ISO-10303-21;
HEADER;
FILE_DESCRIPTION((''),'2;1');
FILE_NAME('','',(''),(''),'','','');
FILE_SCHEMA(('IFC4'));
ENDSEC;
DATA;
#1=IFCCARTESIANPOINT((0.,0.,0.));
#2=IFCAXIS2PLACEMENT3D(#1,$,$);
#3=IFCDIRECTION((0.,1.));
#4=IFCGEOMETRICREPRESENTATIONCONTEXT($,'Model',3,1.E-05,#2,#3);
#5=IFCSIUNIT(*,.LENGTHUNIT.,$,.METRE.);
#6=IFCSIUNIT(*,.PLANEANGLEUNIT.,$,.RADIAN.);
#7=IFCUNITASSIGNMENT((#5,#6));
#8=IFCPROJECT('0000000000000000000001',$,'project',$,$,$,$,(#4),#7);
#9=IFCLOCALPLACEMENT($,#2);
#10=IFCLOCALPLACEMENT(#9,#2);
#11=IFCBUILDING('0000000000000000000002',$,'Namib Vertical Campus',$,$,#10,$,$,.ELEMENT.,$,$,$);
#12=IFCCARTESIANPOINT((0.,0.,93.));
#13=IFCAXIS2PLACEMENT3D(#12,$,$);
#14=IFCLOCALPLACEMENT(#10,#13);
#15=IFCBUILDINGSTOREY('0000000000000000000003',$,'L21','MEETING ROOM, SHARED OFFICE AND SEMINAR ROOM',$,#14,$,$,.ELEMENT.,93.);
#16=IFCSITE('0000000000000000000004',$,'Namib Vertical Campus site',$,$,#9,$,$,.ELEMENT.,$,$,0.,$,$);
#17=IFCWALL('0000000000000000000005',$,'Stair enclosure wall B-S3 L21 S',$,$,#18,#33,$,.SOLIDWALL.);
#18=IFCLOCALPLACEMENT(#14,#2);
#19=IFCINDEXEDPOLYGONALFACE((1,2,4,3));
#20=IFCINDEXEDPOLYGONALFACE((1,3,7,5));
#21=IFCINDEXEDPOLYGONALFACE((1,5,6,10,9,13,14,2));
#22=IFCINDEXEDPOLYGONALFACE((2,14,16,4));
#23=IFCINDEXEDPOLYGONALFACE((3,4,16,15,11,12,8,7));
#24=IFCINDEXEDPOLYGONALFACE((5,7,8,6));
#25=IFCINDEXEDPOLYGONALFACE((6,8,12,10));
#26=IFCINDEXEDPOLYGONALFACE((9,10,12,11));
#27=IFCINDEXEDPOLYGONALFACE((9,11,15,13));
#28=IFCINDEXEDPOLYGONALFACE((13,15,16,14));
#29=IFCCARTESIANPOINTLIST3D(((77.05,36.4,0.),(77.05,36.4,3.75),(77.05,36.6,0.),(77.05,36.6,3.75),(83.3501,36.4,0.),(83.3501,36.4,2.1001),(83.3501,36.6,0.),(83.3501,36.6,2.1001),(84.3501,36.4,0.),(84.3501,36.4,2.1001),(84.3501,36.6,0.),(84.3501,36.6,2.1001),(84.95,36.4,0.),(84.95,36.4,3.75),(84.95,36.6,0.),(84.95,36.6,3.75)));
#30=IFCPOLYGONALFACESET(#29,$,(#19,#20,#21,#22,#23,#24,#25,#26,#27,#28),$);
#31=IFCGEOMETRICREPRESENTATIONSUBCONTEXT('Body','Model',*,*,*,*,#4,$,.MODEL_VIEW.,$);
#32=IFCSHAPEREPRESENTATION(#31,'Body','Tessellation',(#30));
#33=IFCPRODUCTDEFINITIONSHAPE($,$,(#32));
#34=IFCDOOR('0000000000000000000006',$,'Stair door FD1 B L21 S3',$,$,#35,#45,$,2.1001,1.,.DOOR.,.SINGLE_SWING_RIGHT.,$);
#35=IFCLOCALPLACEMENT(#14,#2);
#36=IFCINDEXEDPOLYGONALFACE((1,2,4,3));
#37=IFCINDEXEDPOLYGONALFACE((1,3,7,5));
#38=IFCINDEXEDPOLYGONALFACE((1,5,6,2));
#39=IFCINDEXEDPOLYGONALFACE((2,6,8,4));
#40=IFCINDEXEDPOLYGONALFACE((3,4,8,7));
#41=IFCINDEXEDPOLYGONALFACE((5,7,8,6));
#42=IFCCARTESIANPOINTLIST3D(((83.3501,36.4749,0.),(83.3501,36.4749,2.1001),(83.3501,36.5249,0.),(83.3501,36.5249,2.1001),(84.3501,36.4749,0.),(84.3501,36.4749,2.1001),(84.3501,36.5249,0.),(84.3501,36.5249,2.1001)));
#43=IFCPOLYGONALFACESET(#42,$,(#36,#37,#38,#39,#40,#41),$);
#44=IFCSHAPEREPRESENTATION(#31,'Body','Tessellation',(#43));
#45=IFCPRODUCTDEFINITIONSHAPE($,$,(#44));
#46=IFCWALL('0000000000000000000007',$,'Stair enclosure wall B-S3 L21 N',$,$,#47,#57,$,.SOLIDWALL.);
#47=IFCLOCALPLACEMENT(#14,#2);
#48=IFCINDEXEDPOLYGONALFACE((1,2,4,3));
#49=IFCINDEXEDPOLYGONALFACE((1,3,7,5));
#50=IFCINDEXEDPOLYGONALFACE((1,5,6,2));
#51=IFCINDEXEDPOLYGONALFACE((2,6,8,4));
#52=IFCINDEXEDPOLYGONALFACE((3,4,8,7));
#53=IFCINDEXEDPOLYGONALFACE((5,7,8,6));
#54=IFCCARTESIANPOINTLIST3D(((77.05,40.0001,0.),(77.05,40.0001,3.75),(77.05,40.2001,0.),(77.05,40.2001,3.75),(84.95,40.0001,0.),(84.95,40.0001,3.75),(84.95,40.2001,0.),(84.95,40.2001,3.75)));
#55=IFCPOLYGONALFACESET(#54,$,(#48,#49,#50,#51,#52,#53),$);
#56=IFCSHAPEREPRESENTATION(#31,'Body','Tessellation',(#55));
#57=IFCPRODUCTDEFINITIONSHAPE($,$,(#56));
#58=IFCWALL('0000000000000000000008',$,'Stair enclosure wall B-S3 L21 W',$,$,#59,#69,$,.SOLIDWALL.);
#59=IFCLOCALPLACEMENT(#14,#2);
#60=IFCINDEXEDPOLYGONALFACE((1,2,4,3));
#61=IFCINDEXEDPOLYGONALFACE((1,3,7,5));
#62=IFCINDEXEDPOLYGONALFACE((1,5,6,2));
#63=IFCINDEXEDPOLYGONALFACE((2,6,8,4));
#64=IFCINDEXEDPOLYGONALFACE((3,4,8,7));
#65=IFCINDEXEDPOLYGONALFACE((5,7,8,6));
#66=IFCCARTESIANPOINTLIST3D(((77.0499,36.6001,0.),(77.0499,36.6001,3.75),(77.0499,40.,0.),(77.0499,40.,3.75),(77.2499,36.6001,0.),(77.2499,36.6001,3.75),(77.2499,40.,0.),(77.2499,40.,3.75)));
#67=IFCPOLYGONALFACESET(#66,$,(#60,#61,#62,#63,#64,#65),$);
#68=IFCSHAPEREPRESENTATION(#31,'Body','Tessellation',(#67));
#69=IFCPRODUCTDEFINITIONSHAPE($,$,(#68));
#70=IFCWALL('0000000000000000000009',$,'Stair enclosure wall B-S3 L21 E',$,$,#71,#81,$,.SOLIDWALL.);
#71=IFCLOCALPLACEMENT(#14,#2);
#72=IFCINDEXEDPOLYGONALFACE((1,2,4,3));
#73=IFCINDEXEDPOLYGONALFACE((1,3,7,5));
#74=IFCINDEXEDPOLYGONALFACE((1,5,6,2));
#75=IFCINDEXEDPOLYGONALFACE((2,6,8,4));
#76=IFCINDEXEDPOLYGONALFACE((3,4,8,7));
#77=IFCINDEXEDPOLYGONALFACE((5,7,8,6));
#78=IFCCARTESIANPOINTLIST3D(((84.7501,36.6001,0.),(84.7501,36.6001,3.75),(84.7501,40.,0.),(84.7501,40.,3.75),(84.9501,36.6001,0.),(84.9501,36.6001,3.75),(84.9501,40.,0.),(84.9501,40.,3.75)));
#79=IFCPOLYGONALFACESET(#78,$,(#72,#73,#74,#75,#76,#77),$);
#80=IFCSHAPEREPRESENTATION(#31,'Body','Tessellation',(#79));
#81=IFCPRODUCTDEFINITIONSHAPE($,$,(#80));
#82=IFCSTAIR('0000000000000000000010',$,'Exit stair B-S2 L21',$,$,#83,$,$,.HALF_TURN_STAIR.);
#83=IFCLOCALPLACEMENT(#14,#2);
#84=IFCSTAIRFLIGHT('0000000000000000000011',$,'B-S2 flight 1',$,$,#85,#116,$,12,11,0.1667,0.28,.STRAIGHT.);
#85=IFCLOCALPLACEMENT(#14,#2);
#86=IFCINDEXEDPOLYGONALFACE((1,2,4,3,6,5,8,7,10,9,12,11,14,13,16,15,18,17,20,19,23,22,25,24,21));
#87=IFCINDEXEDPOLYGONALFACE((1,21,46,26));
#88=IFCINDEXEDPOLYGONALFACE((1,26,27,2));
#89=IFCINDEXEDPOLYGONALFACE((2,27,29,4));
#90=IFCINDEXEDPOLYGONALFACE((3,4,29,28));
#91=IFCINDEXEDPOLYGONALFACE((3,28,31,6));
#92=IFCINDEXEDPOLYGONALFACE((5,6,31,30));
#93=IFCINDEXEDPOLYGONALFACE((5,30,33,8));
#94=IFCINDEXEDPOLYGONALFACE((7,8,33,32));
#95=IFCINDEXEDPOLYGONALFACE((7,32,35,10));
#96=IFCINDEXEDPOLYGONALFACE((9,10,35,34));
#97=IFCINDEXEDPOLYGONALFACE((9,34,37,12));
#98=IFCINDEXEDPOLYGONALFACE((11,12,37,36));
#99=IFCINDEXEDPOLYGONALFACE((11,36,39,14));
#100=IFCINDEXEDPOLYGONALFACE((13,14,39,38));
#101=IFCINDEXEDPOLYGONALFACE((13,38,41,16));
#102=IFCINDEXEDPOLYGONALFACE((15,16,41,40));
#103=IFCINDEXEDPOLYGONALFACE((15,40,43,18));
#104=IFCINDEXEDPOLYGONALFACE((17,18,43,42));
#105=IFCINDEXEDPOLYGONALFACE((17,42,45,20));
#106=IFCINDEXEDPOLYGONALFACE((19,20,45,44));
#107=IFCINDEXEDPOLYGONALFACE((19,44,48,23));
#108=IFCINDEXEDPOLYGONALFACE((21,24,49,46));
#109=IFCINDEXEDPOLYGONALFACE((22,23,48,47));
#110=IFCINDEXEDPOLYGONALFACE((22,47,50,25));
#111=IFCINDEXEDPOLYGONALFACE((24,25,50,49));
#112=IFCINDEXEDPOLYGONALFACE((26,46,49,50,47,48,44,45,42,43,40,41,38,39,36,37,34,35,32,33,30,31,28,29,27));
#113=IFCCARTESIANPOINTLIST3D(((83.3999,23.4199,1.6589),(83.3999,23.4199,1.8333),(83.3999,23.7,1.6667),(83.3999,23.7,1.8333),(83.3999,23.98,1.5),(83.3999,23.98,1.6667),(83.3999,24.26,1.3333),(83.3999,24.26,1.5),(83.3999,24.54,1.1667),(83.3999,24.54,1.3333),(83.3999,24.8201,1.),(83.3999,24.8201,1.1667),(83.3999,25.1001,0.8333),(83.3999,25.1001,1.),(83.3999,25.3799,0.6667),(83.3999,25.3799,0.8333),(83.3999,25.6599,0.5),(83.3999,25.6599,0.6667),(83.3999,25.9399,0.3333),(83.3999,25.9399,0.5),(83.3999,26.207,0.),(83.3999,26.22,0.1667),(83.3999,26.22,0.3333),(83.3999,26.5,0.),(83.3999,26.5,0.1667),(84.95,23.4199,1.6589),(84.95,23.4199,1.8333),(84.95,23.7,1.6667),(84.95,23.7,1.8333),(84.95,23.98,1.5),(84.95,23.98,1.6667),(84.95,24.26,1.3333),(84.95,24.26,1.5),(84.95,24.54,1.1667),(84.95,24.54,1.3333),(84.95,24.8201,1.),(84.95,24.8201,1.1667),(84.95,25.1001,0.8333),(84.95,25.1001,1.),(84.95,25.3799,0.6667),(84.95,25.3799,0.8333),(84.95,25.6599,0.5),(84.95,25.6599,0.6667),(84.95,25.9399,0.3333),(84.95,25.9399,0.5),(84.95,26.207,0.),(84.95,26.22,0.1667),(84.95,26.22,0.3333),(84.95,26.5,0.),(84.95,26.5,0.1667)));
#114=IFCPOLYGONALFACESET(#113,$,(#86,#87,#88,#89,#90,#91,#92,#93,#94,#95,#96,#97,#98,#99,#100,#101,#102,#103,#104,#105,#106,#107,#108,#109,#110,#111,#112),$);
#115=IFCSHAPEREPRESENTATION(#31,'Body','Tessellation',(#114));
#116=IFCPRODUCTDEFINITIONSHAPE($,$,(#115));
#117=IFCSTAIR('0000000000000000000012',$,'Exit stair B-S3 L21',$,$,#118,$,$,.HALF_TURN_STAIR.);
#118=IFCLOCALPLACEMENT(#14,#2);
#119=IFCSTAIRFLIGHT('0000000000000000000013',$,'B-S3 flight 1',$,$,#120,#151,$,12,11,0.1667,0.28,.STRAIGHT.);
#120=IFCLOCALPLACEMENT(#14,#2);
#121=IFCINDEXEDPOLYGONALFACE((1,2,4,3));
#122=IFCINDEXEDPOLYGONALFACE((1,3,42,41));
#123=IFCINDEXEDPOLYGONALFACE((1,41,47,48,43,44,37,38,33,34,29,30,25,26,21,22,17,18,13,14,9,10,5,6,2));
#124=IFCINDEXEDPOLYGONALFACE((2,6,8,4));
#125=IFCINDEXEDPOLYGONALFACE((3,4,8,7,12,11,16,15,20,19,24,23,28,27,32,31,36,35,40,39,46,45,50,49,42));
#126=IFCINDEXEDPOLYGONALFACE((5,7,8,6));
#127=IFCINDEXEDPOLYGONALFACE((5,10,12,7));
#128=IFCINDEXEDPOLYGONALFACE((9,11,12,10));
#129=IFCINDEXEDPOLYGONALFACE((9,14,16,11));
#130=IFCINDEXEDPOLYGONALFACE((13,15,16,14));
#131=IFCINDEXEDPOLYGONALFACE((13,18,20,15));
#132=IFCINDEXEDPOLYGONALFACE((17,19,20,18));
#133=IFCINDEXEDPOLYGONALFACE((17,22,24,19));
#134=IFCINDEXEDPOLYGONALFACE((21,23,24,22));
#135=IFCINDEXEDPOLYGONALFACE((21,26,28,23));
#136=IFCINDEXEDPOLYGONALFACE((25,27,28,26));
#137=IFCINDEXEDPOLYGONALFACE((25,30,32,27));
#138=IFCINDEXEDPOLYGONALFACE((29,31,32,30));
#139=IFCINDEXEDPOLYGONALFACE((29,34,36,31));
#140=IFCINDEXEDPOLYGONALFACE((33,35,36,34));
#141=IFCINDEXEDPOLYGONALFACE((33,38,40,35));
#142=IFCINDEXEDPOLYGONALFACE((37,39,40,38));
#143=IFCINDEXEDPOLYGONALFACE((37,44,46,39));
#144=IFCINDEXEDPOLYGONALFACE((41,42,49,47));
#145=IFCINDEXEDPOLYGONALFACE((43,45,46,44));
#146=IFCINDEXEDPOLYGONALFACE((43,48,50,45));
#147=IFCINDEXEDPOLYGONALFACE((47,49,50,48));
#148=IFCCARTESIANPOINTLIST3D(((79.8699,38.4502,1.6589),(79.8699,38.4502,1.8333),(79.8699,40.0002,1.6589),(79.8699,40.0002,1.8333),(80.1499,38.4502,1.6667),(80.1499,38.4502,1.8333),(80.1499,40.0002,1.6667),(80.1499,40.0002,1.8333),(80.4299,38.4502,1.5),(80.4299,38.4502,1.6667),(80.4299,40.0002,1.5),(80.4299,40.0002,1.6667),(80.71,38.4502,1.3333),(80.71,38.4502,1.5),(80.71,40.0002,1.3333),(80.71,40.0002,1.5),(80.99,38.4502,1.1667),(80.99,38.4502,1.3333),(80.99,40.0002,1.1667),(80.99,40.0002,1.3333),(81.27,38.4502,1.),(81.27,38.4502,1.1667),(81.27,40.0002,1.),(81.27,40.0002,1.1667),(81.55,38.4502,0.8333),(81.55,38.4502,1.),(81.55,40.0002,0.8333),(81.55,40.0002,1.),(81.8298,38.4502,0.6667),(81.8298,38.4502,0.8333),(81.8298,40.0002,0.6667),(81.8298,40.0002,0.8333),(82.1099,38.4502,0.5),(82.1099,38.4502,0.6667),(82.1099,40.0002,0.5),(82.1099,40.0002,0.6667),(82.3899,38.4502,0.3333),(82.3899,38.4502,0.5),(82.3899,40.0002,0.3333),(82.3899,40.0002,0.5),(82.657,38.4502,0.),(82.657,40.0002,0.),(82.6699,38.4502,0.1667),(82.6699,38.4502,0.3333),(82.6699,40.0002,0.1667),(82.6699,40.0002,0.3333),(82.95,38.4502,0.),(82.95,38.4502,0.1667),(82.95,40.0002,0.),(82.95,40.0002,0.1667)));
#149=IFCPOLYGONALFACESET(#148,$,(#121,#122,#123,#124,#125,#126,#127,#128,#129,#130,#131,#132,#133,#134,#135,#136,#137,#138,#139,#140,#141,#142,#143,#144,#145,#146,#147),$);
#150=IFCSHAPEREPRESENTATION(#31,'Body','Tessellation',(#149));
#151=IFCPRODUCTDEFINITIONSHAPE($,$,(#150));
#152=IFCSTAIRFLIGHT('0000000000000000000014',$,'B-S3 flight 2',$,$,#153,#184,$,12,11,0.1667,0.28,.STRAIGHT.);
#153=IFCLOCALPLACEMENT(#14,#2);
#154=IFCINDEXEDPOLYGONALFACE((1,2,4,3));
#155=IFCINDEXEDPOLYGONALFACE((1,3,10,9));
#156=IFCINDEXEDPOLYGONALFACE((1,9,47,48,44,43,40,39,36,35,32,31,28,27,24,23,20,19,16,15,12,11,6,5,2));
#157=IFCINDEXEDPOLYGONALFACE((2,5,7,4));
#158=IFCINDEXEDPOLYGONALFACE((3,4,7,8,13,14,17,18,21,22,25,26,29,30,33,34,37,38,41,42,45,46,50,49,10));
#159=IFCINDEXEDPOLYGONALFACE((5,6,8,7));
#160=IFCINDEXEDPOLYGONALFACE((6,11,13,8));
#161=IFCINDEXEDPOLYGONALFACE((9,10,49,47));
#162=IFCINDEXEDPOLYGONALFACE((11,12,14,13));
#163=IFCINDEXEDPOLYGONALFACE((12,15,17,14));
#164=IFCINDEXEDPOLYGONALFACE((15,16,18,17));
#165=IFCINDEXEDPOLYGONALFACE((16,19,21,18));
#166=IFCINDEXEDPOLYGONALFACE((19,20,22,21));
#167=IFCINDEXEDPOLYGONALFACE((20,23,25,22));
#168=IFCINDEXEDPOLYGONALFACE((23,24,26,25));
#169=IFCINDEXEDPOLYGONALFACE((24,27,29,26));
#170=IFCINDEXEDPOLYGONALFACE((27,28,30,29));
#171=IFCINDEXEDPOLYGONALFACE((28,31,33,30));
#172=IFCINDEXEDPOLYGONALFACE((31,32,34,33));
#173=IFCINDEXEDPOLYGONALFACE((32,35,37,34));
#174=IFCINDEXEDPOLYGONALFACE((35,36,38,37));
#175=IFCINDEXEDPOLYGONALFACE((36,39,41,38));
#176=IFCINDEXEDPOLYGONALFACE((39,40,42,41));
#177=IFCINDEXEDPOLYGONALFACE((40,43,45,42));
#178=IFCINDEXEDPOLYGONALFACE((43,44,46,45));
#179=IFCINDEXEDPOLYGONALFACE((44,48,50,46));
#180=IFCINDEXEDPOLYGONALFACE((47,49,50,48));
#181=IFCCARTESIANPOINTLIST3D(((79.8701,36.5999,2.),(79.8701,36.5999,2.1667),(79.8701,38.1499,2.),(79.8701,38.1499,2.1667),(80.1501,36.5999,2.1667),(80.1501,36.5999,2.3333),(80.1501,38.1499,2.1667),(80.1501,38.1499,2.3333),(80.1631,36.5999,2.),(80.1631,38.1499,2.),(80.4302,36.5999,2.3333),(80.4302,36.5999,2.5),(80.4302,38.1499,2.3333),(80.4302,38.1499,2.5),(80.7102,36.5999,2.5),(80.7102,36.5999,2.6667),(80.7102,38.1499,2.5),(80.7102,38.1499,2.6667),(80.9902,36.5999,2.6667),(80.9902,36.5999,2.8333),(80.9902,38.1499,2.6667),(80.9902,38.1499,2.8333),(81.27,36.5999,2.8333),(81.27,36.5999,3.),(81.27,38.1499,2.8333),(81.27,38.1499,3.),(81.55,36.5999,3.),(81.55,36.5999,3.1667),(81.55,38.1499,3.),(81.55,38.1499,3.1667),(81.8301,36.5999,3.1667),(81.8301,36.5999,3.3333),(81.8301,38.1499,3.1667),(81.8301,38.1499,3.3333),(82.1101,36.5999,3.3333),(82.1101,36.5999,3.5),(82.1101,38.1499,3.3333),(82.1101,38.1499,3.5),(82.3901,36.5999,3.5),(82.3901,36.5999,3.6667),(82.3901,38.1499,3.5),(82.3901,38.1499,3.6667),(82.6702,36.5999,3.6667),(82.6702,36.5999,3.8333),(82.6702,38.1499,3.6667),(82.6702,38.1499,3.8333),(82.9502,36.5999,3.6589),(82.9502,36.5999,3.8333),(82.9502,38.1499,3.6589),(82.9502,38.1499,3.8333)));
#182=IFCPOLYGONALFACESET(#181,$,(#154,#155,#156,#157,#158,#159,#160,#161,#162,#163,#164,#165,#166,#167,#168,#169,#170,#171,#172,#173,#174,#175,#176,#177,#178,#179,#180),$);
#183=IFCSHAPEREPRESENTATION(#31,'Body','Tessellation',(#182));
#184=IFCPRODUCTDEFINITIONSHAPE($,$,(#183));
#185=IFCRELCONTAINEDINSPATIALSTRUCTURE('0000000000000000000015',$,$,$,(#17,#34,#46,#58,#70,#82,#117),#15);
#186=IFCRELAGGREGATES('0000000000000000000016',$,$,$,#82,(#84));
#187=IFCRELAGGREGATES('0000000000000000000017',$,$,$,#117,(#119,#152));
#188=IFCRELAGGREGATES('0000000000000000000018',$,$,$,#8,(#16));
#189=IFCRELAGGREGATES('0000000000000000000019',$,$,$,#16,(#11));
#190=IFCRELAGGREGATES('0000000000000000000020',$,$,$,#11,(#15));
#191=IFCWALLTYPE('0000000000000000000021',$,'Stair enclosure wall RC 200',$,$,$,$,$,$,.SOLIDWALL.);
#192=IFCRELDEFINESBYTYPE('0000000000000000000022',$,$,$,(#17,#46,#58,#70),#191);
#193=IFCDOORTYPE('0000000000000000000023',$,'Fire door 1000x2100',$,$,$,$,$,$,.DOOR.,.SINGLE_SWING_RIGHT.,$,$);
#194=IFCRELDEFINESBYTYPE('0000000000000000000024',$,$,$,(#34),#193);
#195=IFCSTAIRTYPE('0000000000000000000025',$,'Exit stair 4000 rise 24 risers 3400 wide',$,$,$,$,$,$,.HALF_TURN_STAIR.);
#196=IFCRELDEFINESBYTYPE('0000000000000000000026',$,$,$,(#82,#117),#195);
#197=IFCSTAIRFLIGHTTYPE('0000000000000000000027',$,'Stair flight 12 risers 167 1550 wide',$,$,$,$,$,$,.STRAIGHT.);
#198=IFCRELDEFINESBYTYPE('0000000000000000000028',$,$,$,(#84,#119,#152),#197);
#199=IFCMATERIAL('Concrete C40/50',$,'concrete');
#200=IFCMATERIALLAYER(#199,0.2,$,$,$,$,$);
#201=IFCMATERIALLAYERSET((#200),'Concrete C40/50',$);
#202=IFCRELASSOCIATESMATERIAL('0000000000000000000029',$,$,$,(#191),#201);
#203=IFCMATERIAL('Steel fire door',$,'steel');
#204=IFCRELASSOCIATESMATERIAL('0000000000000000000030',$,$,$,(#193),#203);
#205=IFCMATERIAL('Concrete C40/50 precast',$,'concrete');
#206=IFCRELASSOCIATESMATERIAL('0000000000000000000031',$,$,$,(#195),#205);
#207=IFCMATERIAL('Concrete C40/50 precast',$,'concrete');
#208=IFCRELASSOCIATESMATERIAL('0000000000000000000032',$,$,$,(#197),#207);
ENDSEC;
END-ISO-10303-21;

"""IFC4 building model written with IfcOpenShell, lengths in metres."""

from ifc_helpers import new_model, si_unit, direction, frame, frame_2d, origin, place, context, subcontext, project, spatial, polyline, rectangle, outline, extrude, material, layer, layer_set, type_object, element, fill, aggregate, save


model = new_model("IFC4")

# Units and contexts
model_context = context("Model", 3, precision=1e-05, world=origin(), true_north=direction((0.0, 1.0)))
body_context = subcontext(model_context, "Body", "Model", "MODEL_VIEW")
ifc_project = project(units=[si_unit("LENGTHUNIT", "METRE"), si_unit("PLANEANGLEUNIT", "RADIAN")], contexts=[model_context])

# Site, building, storey
site_placement = place(None, origin())
site = spatial("IfcSite", under=ifc_project, at=site_placement, Name="Namib Vertical Campus site", CompositionType="ELEMENT", RefElevation=0.0)
building_placement = place(site_placement, origin())
building = spatial("IfcBuilding", under=site, at=building_placement, Name="Namib Vertical Campus", CompositionType="ELEMENT")
storey_placement = place(building_placement, frame((0.0, 0.0, 93.0)))
storey = spatial("IfcBuildingStorey", under=building, at=storey_placement, Name="L21", Description="MEETING ROOM, SHARED OFFICE AND SEMINAR ROOM", CompositionType="ELEMENT", Elevation=93.0)

# Wall, opening, door
ifc_material_1 = material(Name="Concrete C40/50", Category="concrete")
ifc_layer_1 = layer(ifc_material_1, 0.2)
ifc_layer_set_1 = layer_set([ifc_layer_1], Name="Concrete C40/50")
wall_type_1 = type_object("IfcWallType", Name="Stair enclosure wall RC 200", PredefinedType="SOLIDWALL", material=ifc_layer_set_1)
wall_1_placement = place(storey_placement, frame((77.05, 36.5, 0.0), z_axis=(0.0, 0.0, 1.0), x_axis=(1.0, 0.0, 0.0)))
wall_1 = element("IfcWall", 1, at=wall_1_placement, inside=storey, type_object=wall_type_1, Name="Stair enclosure wall B-S3 L21 S", PredefinedType="SOLIDWALL", context=body_context, shape_type="SweptSolid", body=[
    extrude(rectangle(XDim=7.8999, YDim=0.2, at=frame_2d((3.95, 0.0))), origin(), (0.0, 0.0, 1.0), 3.75),
])
opening_placement = place(wall_1_placement, frame((6.3, 0.0, 0.0)))
opening = element("IfcOpeningElement", 2, at=opening_placement, cuts=wall_1, PredefinedType="OPENING", context=body_context, shape_type="SweptSolid", body=[
    extrude(rectangle(XDim=1.0, YDim=2.1001, at=frame_2d((0.5, 1.05))), frame((0.0, 0.1099, 0.0), z_axis=(0.0, -1.0, 0.0), x_axis=(1.0, 0.0, 0.0)), (0.0, 0.0, 1.0), 0.22),
])
ifc_material_2 = material(Name="Steel fire door", Category="steel")
door_type = type_object("IfcDoorType", Name="Fire door 1000x2100", OperationType="SINGLE_SWING_RIGHT", PredefinedType="DOOR", material=ifc_material_2)
door_placement = place(opening_placement, origin())
door = element("IfcDoor", 3, at=door_placement, inside=storey, type_object=door_type, Name="Stair door FD1 B L21 S3", OperationType="SINGLE_SWING_RIGHT", OverallHeight=2.1001, OverallWidth=1.0, PredefinedType="DOOR", context=body_context, shape_type="SweptSolid", body=[
    extrude(rectangle(XDim=1.0, YDim=2.1001, at=frame_2d((0.5, 1.05))), frame((0.0, 0.0249, 0.0), z_axis=(0.0, -1.0, 0.0), x_axis=(1.0, 0.0, 0.0)), (0.0, 0.0, 1.0), 0.05),
])
fill(opening, door)

# Walls
wall_2_placement = place(storey_placement, frame((77.05, 40.1001, 0.0), z_axis=(0.0, 0.0, 1.0), x_axis=(1.0, 0.0, 0.0)))
element("IfcWall", 4, at=wall_2_placement, inside=storey, type_object=wall_type_1, Name="Stair enclosure wall B-S3 L21 N", PredefinedType="SOLIDWALL", context=body_context, shape_type="SweptSolid", body=[
    extrude(rectangle(XDim=7.8999, YDim=0.2, at=frame_2d((3.95, 0.0))), origin(), (0.0, 0.0, 1.0), 3.75),
])
for number, where, z_axis, x_axis, name in (
    (5, (77.1499, 36.6001, 0.0), (0.0, 0.0, 1.0), (0.0, 1.0, 0.0), "Stair enclosure wall B-S3 L21 W"),
    (6, (84.8501, 36.6001, 0.0), (0.0, 0.0, 1.0), (0.0, 1.0, 0.0), "Stair enclosure wall B-S3 L21 E"),
):
    element("IfcWall", number, at=place(storey_placement, frame(where, z_axis=z_axis, x_axis=x_axis)), inside=storey, type_object=wall_type_1, Name=name, PredefinedType="SOLIDWALL", context=body_context, shape_type="SweptSolid", body=[
        extrude(rectangle(XDim=3.3999, YDim=0.2, at=frame_2d((1.7, 0.0))), origin(), (0.0, 0.0, 1.0), 3.75),
    ])

# Stair, stair flight
ifc_material_3 = material(Name="Concrete C40/50 precast", Category="concrete")
stair_type = type_object("IfcStairType", Name="Exit stair 4000 rise 24 risers 3400 wide", PredefinedType="HALF_TURN_STAIR", material=ifc_material_3)
stair_1_placement = place(storey_placement, origin())
stair_1 = element("IfcStair", 7, at=stair_1_placement, inside=storey, type_object=stair_type, Name="Exit stair B-S2 L21", PredefinedType="HALF_TURN_STAIR")
ifc_material_4 = material(Name="Concrete C40/50 precast", Category="concrete")
stair_flight_type = type_object("IfcStairFlightType", Name="Stair flight 12 risers 167 1550 wide", PredefinedType="STRAIGHT", material=ifc_material_4)
stair_flight_1_placement = place(storey_placement, frame((84.175, 26.5, 0.0), z_axis=(0.0, 0.0, 1.0), x_axis=(0.0, -1.0, 0.0)))
stair_flight_1 = element("IfcStairFlight", 8, at=stair_flight_1_placement, type_object=stair_flight_type, Name="B-S2 flight 1", NumberOfRisers=12, NumberOfTreads=11, PredefinedType="STRAIGHT", RiserHeight=0.1667, TreadLength=0.28, context=body_context, shape_type="SweptSolid", body=[
    extrude(outline(polyline([(0.0, 0.0), (0.0, 0.1667), (0.28, 0.1667), (0.28, 0.3333), (0.5601, 0.3333), (0.5601, 0.5), (0.8401, 0.5), (0.8401, 0.6667), (1.1201, 0.6667), (1.1201, 0.8333), (1.3999, 0.8333), (1.3999, 1.0), (1.6799, 1.0), (1.6799, 1.1667), (1.96, 1.1667), (1.96, 1.3333), (2.24, 1.3333), (2.24, 1.5), (2.52, 1.5), (2.52, 1.6667), (2.8, 1.6667), (2.8, 1.8333), (3.0801, 1.8333), (3.0801, 2.0), (3.0801, 1.6589), (0.293, 0.0), (0.0, 0.0)])), frame((0.0, 0.7749, 0.0), z_axis=(0.0, -1.0, 0.0), x_axis=(1.0, 0.0, 0.0)), (0.0, 0.0, 1.0), 1.55),
])
aggregate(stair_1, [stair_flight_1])

# Stair, stair flights
stair_2_placement = place(storey_placement, origin())
stair_2 = element("IfcStair", 9, at=stair_2_placement, inside=storey, type_object=stair_type, Name="Exit stair B-S3 L21", PredefinedType="HALF_TURN_STAIR")
stair_flight_2_placement = place(storey_placement, frame((82.95, 39.2251, 0.0), z_axis=(0.0, 0.0, 1.0), x_axis=(-1.0, 0.0, 0.0)))
stair_flight_2 = element("IfcStairFlight", 10, at=stair_flight_2_placement, type_object=stair_flight_type, Name="B-S3 flight 1", NumberOfRisers=12, NumberOfTreads=11, PredefinedType="STRAIGHT", RiserHeight=0.1667, TreadLength=0.28, context=body_context, shape_type="SweptSolid", body=[
    extrude(outline(polyline([(0.0, 0.0), (0.0, 0.1667), (0.28, 0.1667), (0.28, 0.3333), (0.5601, 0.3333), (0.5601, 0.5), (0.8401, 0.5), (0.8401, 0.6667), (1.1201, 0.6667), (1.1201, 0.8333), (1.3999, 0.8333), (1.3999, 1.0), (1.6799, 1.0), (1.6799, 1.1667), (1.96, 1.1667), (1.96, 1.3333), (2.24, 1.3333), (2.24, 1.5), (2.52, 1.5), (2.52, 1.6667), (2.8, 1.6667), (2.8, 1.8333), (3.0801, 1.8333), (3.0801, 2.0), (3.0801, 1.6589), (0.293, 0.0), (0.0, 0.0)])), frame((0.0, 0.7749, 0.0), z_axis=(0.0, -1.0, 0.0), x_axis=(1.0, 0.0, 0.0)), (0.0, 0.0, 1.0), 1.55),
])
stair_flight_3_placement = place(storey_placement, frame((79.8701, 37.375, 2.0), z_axis=(0.0, 0.0, 1.0), x_axis=(1.0, 0.0, 0.0)))
stair_flight_3 = element("IfcStairFlight", 11, at=stair_flight_3_placement, type_object=stair_flight_type, Name="B-S3 flight 2", NumberOfRisers=12, NumberOfTreads=11, PredefinedType="STRAIGHT", RiserHeight=0.1667, TreadLength=0.28, context=body_context, shape_type="SweptSolid", body=[
    extrude(outline(polyline([(0.0, 0.0), (0.0, 0.1667), (0.28, 0.1667), (0.28, 0.3333), (0.5601, 0.3333), (0.5601, 0.5), (0.8401, 0.5), (0.8401, 0.6667), (1.1201, 0.6667), (1.1201, 0.8333), (1.3999, 0.8333), (1.3999, 1.0), (1.6799, 1.0), (1.6799, 1.1667), (1.96, 1.1667), (1.96, 1.3333), (2.24, 1.3333), (2.24, 1.5), (2.52, 1.5), (2.52, 1.6667), (2.8, 1.6667), (2.8, 1.8333), (3.0801, 1.8333), (3.0801, 2.0), (3.0801, 1.6589), (0.293, 0.0), (0.0, 0.0)])), frame((0.0, 0.7749, 0.0), z_axis=(0.0, -1.0, 0.0), x_axis=(1.0, 0.0, 0.0)), (0.0, 0.0, 1.0), 1.55),
])
aggregate(stair_2, [stair_flight_2, stair_flight_3])

save(model, "model.ifc")
